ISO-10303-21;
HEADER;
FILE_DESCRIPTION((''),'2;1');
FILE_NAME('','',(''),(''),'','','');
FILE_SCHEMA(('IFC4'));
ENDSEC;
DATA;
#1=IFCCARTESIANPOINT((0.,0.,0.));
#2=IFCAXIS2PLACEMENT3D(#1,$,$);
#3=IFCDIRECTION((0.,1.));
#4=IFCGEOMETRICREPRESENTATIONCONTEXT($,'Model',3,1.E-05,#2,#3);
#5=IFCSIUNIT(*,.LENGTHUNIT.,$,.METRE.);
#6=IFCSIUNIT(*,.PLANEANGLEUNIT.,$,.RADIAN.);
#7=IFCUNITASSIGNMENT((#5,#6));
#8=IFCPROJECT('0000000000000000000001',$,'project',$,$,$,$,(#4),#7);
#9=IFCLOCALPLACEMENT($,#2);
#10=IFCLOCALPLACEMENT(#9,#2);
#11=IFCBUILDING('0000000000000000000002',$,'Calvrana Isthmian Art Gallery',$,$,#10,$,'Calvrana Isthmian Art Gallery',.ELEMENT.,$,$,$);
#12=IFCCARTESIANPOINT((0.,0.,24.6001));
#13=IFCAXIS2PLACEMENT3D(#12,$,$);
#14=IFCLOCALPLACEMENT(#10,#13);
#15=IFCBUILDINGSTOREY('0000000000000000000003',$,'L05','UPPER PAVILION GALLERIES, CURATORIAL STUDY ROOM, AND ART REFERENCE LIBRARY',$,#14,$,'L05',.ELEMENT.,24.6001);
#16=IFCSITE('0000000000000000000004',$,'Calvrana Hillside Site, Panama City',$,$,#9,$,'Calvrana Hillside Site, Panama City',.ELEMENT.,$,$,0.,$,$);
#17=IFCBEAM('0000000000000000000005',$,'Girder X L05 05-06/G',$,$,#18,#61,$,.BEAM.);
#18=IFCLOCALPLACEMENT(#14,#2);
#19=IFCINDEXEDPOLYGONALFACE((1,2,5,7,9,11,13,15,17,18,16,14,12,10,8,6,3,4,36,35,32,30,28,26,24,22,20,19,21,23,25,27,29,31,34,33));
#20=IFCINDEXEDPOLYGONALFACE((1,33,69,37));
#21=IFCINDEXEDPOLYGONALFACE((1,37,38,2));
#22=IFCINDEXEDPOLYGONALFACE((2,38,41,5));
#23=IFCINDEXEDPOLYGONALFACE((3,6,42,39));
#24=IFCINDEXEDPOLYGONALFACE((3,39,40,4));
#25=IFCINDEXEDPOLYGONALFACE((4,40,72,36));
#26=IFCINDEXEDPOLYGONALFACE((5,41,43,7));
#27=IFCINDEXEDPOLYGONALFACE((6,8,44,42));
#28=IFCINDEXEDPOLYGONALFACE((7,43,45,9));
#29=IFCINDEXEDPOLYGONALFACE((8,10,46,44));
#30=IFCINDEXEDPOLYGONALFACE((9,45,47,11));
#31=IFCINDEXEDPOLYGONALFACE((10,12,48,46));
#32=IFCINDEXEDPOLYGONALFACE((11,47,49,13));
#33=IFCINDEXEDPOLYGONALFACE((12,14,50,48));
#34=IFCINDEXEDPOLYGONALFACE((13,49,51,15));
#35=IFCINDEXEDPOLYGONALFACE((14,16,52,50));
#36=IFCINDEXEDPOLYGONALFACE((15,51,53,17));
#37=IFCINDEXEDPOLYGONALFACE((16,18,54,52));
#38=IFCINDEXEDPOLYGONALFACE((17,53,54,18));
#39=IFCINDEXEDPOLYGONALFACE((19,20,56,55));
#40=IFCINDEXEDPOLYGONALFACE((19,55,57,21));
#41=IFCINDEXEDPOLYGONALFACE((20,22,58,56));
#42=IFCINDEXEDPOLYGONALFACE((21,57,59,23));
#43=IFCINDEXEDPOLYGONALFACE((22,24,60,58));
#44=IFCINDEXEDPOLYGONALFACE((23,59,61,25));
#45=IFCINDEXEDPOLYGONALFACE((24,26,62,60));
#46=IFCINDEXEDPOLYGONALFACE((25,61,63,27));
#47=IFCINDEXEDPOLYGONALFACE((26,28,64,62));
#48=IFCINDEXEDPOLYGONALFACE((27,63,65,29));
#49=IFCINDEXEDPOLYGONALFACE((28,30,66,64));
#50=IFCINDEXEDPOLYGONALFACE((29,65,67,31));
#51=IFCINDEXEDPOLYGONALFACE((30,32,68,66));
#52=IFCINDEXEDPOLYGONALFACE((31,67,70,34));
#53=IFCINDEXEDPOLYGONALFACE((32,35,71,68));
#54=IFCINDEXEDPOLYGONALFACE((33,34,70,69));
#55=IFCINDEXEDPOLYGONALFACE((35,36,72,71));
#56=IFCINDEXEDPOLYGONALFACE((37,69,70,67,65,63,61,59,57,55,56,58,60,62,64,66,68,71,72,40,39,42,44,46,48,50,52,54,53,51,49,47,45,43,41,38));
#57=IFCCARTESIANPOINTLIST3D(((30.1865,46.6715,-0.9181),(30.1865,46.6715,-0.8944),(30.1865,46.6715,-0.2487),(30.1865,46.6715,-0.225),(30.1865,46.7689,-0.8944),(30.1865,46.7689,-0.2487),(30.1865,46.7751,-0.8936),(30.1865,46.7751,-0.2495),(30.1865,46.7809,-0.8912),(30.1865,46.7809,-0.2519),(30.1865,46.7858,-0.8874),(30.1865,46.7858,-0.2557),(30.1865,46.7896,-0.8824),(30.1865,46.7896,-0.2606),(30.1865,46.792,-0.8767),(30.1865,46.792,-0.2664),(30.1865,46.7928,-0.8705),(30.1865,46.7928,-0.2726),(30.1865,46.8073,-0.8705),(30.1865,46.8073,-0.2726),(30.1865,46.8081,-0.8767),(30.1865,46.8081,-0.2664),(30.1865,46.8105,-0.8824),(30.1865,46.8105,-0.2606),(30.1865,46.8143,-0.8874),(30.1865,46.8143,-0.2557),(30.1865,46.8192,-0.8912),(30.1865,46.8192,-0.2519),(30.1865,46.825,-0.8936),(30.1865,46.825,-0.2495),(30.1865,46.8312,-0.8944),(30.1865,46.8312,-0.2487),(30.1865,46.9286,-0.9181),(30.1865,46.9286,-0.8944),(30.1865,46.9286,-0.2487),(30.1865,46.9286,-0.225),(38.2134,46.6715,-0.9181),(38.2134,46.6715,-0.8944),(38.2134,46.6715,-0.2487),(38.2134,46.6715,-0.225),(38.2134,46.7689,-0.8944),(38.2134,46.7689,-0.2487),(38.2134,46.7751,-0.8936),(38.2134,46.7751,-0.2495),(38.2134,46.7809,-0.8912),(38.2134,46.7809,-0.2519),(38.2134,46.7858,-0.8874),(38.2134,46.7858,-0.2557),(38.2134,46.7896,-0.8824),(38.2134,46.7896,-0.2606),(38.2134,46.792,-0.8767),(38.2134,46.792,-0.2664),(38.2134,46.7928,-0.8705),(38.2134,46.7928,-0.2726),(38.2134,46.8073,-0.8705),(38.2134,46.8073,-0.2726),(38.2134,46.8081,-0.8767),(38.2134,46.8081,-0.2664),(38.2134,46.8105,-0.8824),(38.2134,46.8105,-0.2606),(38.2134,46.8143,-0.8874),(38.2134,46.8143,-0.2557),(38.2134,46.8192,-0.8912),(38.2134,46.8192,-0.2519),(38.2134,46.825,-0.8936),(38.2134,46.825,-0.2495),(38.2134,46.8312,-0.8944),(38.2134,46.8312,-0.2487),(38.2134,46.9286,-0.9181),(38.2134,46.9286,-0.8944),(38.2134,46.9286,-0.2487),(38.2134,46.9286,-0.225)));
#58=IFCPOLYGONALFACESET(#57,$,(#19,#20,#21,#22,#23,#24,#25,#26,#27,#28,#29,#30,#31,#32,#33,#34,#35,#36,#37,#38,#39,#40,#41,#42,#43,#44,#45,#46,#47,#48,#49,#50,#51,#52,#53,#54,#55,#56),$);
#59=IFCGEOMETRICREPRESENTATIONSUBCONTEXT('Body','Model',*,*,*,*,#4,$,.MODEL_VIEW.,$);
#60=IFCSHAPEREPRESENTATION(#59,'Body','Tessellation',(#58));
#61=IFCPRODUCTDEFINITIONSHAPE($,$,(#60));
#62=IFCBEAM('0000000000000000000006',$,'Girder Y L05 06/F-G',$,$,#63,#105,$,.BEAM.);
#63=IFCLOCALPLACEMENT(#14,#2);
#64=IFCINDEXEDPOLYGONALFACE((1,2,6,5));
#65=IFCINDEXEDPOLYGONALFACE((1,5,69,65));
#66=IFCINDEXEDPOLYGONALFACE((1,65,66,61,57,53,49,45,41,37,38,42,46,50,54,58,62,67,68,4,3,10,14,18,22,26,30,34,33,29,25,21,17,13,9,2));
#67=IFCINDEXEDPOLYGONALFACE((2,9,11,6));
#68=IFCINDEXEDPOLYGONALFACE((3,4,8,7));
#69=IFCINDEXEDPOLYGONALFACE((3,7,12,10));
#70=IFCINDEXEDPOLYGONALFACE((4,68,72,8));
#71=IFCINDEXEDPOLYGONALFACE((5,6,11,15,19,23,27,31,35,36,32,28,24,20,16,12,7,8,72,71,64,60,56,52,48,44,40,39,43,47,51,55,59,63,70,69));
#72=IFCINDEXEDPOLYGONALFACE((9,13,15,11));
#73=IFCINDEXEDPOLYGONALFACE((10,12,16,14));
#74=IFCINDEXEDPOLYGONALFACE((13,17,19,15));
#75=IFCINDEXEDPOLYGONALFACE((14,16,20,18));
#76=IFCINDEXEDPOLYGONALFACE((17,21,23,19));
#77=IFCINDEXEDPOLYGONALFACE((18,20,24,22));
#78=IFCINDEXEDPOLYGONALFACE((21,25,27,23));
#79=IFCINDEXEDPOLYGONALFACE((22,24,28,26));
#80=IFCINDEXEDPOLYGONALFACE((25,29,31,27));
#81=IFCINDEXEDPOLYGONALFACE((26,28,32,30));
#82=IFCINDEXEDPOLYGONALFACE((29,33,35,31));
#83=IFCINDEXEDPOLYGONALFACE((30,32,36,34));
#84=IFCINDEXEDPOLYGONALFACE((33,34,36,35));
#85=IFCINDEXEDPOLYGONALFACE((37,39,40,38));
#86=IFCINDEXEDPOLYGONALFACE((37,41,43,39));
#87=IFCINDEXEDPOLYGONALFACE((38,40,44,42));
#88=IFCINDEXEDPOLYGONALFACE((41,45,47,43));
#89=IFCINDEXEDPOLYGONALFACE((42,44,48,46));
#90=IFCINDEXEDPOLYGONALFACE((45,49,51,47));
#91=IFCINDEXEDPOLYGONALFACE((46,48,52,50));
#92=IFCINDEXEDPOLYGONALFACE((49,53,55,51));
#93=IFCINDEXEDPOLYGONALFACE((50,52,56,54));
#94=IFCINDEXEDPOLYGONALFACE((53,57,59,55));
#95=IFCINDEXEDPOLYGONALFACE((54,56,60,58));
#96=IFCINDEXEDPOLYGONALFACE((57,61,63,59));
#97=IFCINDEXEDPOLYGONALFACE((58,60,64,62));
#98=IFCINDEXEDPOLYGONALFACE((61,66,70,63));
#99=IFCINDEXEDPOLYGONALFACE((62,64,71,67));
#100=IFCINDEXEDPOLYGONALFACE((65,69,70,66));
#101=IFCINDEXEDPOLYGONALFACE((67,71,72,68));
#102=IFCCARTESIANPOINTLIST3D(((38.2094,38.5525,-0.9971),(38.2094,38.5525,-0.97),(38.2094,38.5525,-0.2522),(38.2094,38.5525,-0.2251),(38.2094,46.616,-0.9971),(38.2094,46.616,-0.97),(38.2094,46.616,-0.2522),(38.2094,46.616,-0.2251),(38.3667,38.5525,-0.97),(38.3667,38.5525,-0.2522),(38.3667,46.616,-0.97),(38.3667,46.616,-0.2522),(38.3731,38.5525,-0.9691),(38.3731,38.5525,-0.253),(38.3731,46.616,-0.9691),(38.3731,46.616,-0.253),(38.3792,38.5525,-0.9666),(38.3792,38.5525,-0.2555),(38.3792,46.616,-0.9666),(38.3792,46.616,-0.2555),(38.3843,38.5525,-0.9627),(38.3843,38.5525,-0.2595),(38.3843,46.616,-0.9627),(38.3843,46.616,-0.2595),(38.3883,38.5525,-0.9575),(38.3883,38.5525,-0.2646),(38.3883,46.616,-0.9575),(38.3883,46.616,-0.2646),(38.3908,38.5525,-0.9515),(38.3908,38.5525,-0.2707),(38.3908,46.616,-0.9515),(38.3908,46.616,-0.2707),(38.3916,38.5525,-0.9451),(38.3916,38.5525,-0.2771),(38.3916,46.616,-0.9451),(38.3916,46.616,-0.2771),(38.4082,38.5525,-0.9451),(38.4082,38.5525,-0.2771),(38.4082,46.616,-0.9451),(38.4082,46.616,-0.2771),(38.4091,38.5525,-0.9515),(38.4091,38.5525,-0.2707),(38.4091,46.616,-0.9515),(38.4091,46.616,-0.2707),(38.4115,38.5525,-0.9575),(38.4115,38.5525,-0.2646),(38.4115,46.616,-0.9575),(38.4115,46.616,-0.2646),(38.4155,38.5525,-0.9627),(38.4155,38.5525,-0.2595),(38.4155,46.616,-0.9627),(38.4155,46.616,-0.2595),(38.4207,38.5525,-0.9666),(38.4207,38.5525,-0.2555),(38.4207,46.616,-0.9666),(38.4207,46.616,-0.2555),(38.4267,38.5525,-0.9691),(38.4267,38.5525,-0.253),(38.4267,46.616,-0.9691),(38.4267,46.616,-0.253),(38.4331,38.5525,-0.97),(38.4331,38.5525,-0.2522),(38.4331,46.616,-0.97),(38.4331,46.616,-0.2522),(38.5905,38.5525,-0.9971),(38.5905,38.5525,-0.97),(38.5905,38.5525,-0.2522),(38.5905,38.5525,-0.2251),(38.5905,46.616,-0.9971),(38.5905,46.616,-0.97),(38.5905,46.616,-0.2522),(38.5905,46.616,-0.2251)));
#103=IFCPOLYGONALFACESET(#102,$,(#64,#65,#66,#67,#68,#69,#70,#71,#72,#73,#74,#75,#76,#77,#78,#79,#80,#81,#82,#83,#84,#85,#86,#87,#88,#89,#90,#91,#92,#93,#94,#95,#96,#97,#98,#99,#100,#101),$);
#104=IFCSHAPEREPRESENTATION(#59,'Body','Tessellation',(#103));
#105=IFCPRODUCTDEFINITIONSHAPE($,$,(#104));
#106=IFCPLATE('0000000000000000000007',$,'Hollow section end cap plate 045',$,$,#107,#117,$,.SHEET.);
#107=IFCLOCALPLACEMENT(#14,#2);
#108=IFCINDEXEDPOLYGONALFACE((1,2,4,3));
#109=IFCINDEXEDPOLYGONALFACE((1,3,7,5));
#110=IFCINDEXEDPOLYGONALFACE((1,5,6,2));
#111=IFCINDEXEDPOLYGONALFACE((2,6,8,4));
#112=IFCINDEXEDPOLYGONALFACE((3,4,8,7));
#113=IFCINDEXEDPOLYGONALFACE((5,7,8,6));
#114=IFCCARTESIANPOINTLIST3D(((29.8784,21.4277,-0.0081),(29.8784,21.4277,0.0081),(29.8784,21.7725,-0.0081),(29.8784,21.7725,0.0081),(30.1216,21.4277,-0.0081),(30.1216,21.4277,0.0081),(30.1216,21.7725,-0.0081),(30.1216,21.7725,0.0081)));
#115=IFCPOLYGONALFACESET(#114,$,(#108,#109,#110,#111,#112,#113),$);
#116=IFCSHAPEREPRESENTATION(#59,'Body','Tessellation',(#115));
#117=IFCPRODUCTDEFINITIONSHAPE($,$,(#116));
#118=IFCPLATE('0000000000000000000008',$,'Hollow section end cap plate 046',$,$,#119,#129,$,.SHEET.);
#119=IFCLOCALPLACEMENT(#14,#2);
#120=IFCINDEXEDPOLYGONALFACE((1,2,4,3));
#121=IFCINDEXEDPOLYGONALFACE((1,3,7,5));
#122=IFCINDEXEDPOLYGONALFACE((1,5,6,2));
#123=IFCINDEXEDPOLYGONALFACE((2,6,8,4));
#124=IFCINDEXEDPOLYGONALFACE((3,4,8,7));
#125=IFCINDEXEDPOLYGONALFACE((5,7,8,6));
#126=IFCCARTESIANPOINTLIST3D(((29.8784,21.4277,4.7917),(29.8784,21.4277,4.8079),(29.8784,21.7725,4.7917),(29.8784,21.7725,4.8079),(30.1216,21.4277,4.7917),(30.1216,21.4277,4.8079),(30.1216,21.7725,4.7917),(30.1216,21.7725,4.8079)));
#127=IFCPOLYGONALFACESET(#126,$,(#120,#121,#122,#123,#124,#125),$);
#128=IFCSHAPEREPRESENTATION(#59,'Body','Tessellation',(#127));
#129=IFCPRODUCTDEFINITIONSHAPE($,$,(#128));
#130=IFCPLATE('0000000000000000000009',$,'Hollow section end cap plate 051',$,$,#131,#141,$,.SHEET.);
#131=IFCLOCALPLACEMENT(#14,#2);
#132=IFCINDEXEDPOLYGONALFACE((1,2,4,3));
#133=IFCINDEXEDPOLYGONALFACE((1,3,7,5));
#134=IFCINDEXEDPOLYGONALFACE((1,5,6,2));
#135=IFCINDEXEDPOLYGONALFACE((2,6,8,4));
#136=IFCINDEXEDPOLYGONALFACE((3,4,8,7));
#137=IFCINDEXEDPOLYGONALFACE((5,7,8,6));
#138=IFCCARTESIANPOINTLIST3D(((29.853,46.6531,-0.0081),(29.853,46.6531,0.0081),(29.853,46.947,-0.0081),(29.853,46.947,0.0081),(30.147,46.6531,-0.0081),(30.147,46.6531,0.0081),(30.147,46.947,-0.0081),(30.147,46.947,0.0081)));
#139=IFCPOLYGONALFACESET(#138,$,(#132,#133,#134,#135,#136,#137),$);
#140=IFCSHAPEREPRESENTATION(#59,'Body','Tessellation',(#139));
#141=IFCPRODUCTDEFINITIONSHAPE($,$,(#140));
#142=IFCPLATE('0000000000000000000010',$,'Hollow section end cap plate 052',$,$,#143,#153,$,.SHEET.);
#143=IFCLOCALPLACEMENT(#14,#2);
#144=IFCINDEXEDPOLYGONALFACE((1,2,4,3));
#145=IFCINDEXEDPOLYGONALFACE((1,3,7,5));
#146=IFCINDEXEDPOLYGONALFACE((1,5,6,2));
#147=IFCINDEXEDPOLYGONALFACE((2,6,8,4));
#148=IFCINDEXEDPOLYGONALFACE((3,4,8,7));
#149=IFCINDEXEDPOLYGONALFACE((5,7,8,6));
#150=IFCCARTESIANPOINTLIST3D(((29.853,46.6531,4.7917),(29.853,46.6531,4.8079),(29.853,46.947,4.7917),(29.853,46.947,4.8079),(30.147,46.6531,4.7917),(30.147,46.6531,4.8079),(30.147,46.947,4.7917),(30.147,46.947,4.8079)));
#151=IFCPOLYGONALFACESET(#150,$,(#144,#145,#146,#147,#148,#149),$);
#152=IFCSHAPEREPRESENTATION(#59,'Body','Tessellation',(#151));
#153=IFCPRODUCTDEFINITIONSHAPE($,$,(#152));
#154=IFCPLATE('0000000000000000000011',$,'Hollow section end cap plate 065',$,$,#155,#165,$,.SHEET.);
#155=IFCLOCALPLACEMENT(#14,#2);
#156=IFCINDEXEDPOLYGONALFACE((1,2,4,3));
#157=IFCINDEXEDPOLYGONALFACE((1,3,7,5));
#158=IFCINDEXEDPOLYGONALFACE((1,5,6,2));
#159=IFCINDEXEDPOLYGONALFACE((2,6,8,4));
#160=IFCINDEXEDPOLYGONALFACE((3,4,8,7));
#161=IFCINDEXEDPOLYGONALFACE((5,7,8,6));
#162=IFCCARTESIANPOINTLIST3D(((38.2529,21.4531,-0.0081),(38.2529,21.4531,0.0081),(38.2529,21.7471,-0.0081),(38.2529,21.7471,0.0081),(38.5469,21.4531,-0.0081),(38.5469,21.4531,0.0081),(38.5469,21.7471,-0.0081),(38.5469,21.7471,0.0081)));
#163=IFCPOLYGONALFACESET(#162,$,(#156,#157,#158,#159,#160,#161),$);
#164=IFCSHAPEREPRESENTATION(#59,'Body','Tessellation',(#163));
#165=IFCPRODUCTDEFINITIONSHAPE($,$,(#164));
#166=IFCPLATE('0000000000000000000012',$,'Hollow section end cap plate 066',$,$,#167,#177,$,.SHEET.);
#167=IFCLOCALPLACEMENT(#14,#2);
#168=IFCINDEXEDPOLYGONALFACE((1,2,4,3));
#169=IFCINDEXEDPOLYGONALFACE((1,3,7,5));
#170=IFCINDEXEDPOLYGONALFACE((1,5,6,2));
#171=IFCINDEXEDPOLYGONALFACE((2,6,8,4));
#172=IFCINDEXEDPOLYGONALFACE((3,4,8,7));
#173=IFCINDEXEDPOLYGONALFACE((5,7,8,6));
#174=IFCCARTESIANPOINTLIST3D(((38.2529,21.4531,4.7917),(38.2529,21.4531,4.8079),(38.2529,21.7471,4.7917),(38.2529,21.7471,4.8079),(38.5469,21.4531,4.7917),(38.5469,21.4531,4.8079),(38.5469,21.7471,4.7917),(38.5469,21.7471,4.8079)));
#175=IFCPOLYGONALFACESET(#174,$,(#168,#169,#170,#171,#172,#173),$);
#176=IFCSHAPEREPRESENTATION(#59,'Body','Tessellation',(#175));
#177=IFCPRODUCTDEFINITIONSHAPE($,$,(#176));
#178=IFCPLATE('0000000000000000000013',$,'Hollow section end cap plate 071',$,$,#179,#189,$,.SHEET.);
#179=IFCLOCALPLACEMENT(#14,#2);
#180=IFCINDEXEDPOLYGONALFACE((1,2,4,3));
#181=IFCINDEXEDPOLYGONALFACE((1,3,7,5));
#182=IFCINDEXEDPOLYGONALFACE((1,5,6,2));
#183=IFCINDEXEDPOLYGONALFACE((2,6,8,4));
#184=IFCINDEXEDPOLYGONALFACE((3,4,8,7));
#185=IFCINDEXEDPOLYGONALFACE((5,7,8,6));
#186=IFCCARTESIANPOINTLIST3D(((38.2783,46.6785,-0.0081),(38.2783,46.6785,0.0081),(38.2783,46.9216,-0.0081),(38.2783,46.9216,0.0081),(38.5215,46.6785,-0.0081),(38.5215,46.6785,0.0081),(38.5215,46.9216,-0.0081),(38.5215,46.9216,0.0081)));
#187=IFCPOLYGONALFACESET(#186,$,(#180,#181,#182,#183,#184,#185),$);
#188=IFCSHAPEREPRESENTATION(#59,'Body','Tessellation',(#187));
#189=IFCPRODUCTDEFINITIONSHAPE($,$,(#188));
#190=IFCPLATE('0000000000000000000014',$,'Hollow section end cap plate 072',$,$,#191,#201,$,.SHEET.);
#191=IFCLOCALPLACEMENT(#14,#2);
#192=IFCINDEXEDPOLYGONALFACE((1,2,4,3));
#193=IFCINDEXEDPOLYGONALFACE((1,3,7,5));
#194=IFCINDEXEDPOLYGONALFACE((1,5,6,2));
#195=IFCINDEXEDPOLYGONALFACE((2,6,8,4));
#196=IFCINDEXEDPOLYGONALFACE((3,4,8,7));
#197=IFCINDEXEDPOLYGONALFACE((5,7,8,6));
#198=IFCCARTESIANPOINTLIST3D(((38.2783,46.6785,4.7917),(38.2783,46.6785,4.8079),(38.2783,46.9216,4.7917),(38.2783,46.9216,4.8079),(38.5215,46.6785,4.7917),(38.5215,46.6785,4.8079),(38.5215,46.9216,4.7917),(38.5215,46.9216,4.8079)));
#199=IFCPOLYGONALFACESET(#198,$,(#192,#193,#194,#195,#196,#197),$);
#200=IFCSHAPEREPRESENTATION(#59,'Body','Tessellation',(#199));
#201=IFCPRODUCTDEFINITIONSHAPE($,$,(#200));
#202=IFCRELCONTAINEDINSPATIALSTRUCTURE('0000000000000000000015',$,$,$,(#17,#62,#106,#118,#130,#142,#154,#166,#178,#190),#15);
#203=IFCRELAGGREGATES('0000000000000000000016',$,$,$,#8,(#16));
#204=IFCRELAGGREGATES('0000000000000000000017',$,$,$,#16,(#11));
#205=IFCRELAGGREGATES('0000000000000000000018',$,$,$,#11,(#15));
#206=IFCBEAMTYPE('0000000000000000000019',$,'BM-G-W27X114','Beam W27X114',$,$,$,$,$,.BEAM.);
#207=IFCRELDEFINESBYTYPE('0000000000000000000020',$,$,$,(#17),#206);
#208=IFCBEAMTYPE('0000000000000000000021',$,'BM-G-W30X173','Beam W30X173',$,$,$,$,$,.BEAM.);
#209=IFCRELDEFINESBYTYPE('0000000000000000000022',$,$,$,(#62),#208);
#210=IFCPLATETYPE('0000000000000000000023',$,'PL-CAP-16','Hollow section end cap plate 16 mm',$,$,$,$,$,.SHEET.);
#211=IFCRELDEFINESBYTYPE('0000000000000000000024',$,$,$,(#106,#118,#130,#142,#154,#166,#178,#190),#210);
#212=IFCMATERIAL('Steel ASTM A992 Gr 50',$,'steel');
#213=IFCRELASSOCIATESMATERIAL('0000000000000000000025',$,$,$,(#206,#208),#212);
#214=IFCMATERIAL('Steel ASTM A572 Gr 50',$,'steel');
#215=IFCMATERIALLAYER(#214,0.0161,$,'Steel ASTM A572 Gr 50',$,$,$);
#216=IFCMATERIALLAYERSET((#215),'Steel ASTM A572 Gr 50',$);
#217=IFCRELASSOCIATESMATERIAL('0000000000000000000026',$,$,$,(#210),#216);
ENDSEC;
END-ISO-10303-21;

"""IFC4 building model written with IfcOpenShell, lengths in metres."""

from ifc_helpers import new_model, si_unit, direction, frame, origin, origin_2d, place, context, subcontext, project, spatial, rectangle, i_section, extrude, material, layer, layer_set, material_profile, profile_set, type_object, element, save


model = new_model("IFC4")

# Units and contexts
model_context = context("Model", 3, precision=1e-05, world=origin(), true_north=direction((0.0, 1.0)))
body_context = subcontext(model_context, "Body", "Model", "MODEL_VIEW")
ifc_project = project(units=[si_unit("LENGTHUNIT", "METRE"), si_unit("PLANEANGLEUNIT", "RADIAN")], contexts=[model_context])

# Site, building, storey
site_placement = place(None, origin())
site = spatial("IfcSite", under=ifc_project, at=site_placement, Name="Calvrana Hillside Site, Panama City", LongName="Calvrana Hillside Site, Panama City", CompositionType="ELEMENT", RefElevation=0.0)
building_placement = place(site_placement, origin())
building = spatial("IfcBuilding", under=site, at=building_placement, Name="Calvrana Isthmian Art Gallery", LongName="Calvrana Isthmian Art Gallery", CompositionType="ELEMENT")
storey_placement = place(building_placement, frame((0.0, 0.0, 24.6001)))
storey = spatial("IfcBuildingStorey", under=building, at=storey_placement, Name="L05", Description="UPPER PAVILION GALLERIES, CURATORIAL STUDY ROOM, AND ART REFERENCE LIBRARY", LongName="L05", CompositionType="ELEMENT", Elevation=24.6001)

# Beams
ifc_material_1 = material(Name="Steel ASTM A992 Gr 50", Category="steel")
ifc_material_profile_1 = material_profile(ifc_material_1, i_section(OverallWidth=0.2571, OverallDepth=0.6931, WebThickness=0.0144, FlangeThickness=0.0237, FilletRadius=0.0239, at=origin_2d()), Name="W27X114")
ifc_profile_set_1 = profile_set([ifc_material_profile_1], Name="Steel ASTM A992 Gr 50")
beam_type_1 = type_object("IfcBeamType", Name="BM-G-W27X114", Description="Beam W27X114", PredefinedType="BEAM", material=ifc_profile_set_1)
beam_1_placement = place(storey_placement, frame((30.1865, 46.8, -0.5715), z_axis=(1.0, 0.0, 0.0), x_axis=(0.0, 1.0, 0.0)))
element("IfcBeam", 1, at=beam_1_placement, inside=storey, type_object=beam_type_1, Name="Girder X L05 05-06/G", PredefinedType="BEAM", context=body_context, shape_type="SweptSolid", body=[
    extrude(i_section(OverallWidth=0.2571, OverallDepth=0.6931, WebThickness=0.0144, FlangeThickness=0.0237, FilletRadius=0.0239, at=origin_2d()), origin(), (0.0, 0.0, 1.0), 8.0269),
])
ifc_material_profile_2 = material_profile(ifc_material_1, i_section(OverallWidth=0.3811, OverallDepth=0.772, WebThickness=0.0166, FlangeThickness=0.0271, FilletRadius=0.0249, at=origin_2d()), Name="W30X173")
ifc_profile_set_2 = profile_set([ifc_material_profile_2], Name="Steel ASTM A992 Gr 50")
beam_type_2 = type_object("IfcBeamType", Name="BM-G-W30X173", Description="Beam W30X173", PredefinedType="BEAM", material=ifc_profile_set_2)
beam_2_placement = place(storey_placement, frame((38.3999, 38.5525, -0.6111), z_axis=(0.0, 1.0, 0.0), x_axis=(-1.0, 0.0, 0.0)))
element("IfcBeam", 2, at=beam_2_placement, inside=storey, type_object=beam_type_2, Name="Girder Y L05 06/F-G", PredefinedType="BEAM", context=body_context, shape_type="SweptSolid", body=[
    extrude(i_section(OverallWidth=0.3811, OverallDepth=0.772, WebThickness=0.0166, FlangeThickness=0.0271, FilletRadius=0.0249, at=origin_2d()), origin(), (0.0, 0.0, 1.0), 8.0635),
])

# Plates
ifc_material_2 = material(Name="Steel ASTM A572 Gr 50", Category="steel")
ifc_layer_1 = layer(ifc_material_2, 0.0161, Name="Steel ASTM A572 Gr 50")
ifc_layer_set_1 = layer_set([ifc_layer_1], Name="Steel ASTM A572 Gr 50")
plate_type = type_object("IfcPlateType", Name="PL-CAP-16", Description="Hollow section end cap plate 16 mm", PredefinedType="SHEET", material=ifc_layer_set_1)
for number, where, z_axis, x_axis, name in (
    (3, (30.0, 21.6001, -0.0081), (0.0, 0.0, 1.0), (1.0, 0.0, 0.0), "Hollow section end cap plate 045"),
    (4, (30.0, 21.6001, 4.7917), (0.0, 0.0, 1.0), (1.0, 0.0, 0.0), "Hollow section end cap plate 046"),
):
    element("IfcPlate", number, at=place(storey_placement, frame(where, z_axis=z_axis, x_axis=x_axis)), inside=storey, type_object=plate_type, Name=name, PredefinedType="SHEET", context=body_context, shape_type="SweptSolid", body=[
        extrude(rectangle(XDim=0.2432, YDim=0.3447, at=origin_2d()), origin(), (0.0, 0.0, 1.0), 0.0161),
    ])
for number, where, z_axis, x_axis, name in (
    (5, (30.0, 46.8, -0.0081), (0.0, 0.0, 1.0), (1.0, 0.0, 0.0), "Hollow section end cap plate 051"),
    (6, (30.0, 46.8, 4.7917), (0.0, 0.0, 1.0), (1.0, 0.0, 0.0), "Hollow section end cap plate 052"),
    (7, (38.3999, 21.6001, -0.0081), (0.0, 0.0, 1.0), (1.0, 0.0, 0.0), "Hollow section end cap plate 065"),
    (8, (38.3999, 21.6001, 4.7917), (0.0, 0.0, 1.0), (1.0, 0.0, 0.0), "Hollow section end cap plate 066"),
):
    element("IfcPlate", number, at=place(storey_placement, frame(where, z_axis=z_axis, x_axis=x_axis)), inside=storey, type_object=plate_type, Name=name, PredefinedType="SHEET", context=body_context, shape_type="SweptSolid", body=[
        extrude(rectangle(XDim=0.2939, YDim=0.2939, at=origin_2d()), origin(), (0.0, 0.0, 1.0), 0.0161),
    ])
for number, where, z_axis, x_axis, name in (
    (9, (38.3999, 46.8, -0.0081), (0.0, 0.0, 1.0), (1.0, 0.0, 0.0), "Hollow section end cap plate 071"),
    (10, (38.3999, 46.8, 4.7917), (0.0, 0.0, 1.0), (1.0, 0.0, 0.0), "Hollow section end cap plate 072"),
):
    element("IfcPlate", number, at=place(storey_placement, frame(where, z_axis=z_axis, x_axis=x_axis)), inside=storey, type_object=plate_type, Name=name, PredefinedType="SHEET", context=body_context, shape_type="SweptSolid", body=[
        extrude(rectangle(XDim=0.2432, YDim=0.2432, at=origin_2d()), origin(), (0.0, 0.0, 1.0), 0.0161),
    ])

save(model, "model.ifc")
